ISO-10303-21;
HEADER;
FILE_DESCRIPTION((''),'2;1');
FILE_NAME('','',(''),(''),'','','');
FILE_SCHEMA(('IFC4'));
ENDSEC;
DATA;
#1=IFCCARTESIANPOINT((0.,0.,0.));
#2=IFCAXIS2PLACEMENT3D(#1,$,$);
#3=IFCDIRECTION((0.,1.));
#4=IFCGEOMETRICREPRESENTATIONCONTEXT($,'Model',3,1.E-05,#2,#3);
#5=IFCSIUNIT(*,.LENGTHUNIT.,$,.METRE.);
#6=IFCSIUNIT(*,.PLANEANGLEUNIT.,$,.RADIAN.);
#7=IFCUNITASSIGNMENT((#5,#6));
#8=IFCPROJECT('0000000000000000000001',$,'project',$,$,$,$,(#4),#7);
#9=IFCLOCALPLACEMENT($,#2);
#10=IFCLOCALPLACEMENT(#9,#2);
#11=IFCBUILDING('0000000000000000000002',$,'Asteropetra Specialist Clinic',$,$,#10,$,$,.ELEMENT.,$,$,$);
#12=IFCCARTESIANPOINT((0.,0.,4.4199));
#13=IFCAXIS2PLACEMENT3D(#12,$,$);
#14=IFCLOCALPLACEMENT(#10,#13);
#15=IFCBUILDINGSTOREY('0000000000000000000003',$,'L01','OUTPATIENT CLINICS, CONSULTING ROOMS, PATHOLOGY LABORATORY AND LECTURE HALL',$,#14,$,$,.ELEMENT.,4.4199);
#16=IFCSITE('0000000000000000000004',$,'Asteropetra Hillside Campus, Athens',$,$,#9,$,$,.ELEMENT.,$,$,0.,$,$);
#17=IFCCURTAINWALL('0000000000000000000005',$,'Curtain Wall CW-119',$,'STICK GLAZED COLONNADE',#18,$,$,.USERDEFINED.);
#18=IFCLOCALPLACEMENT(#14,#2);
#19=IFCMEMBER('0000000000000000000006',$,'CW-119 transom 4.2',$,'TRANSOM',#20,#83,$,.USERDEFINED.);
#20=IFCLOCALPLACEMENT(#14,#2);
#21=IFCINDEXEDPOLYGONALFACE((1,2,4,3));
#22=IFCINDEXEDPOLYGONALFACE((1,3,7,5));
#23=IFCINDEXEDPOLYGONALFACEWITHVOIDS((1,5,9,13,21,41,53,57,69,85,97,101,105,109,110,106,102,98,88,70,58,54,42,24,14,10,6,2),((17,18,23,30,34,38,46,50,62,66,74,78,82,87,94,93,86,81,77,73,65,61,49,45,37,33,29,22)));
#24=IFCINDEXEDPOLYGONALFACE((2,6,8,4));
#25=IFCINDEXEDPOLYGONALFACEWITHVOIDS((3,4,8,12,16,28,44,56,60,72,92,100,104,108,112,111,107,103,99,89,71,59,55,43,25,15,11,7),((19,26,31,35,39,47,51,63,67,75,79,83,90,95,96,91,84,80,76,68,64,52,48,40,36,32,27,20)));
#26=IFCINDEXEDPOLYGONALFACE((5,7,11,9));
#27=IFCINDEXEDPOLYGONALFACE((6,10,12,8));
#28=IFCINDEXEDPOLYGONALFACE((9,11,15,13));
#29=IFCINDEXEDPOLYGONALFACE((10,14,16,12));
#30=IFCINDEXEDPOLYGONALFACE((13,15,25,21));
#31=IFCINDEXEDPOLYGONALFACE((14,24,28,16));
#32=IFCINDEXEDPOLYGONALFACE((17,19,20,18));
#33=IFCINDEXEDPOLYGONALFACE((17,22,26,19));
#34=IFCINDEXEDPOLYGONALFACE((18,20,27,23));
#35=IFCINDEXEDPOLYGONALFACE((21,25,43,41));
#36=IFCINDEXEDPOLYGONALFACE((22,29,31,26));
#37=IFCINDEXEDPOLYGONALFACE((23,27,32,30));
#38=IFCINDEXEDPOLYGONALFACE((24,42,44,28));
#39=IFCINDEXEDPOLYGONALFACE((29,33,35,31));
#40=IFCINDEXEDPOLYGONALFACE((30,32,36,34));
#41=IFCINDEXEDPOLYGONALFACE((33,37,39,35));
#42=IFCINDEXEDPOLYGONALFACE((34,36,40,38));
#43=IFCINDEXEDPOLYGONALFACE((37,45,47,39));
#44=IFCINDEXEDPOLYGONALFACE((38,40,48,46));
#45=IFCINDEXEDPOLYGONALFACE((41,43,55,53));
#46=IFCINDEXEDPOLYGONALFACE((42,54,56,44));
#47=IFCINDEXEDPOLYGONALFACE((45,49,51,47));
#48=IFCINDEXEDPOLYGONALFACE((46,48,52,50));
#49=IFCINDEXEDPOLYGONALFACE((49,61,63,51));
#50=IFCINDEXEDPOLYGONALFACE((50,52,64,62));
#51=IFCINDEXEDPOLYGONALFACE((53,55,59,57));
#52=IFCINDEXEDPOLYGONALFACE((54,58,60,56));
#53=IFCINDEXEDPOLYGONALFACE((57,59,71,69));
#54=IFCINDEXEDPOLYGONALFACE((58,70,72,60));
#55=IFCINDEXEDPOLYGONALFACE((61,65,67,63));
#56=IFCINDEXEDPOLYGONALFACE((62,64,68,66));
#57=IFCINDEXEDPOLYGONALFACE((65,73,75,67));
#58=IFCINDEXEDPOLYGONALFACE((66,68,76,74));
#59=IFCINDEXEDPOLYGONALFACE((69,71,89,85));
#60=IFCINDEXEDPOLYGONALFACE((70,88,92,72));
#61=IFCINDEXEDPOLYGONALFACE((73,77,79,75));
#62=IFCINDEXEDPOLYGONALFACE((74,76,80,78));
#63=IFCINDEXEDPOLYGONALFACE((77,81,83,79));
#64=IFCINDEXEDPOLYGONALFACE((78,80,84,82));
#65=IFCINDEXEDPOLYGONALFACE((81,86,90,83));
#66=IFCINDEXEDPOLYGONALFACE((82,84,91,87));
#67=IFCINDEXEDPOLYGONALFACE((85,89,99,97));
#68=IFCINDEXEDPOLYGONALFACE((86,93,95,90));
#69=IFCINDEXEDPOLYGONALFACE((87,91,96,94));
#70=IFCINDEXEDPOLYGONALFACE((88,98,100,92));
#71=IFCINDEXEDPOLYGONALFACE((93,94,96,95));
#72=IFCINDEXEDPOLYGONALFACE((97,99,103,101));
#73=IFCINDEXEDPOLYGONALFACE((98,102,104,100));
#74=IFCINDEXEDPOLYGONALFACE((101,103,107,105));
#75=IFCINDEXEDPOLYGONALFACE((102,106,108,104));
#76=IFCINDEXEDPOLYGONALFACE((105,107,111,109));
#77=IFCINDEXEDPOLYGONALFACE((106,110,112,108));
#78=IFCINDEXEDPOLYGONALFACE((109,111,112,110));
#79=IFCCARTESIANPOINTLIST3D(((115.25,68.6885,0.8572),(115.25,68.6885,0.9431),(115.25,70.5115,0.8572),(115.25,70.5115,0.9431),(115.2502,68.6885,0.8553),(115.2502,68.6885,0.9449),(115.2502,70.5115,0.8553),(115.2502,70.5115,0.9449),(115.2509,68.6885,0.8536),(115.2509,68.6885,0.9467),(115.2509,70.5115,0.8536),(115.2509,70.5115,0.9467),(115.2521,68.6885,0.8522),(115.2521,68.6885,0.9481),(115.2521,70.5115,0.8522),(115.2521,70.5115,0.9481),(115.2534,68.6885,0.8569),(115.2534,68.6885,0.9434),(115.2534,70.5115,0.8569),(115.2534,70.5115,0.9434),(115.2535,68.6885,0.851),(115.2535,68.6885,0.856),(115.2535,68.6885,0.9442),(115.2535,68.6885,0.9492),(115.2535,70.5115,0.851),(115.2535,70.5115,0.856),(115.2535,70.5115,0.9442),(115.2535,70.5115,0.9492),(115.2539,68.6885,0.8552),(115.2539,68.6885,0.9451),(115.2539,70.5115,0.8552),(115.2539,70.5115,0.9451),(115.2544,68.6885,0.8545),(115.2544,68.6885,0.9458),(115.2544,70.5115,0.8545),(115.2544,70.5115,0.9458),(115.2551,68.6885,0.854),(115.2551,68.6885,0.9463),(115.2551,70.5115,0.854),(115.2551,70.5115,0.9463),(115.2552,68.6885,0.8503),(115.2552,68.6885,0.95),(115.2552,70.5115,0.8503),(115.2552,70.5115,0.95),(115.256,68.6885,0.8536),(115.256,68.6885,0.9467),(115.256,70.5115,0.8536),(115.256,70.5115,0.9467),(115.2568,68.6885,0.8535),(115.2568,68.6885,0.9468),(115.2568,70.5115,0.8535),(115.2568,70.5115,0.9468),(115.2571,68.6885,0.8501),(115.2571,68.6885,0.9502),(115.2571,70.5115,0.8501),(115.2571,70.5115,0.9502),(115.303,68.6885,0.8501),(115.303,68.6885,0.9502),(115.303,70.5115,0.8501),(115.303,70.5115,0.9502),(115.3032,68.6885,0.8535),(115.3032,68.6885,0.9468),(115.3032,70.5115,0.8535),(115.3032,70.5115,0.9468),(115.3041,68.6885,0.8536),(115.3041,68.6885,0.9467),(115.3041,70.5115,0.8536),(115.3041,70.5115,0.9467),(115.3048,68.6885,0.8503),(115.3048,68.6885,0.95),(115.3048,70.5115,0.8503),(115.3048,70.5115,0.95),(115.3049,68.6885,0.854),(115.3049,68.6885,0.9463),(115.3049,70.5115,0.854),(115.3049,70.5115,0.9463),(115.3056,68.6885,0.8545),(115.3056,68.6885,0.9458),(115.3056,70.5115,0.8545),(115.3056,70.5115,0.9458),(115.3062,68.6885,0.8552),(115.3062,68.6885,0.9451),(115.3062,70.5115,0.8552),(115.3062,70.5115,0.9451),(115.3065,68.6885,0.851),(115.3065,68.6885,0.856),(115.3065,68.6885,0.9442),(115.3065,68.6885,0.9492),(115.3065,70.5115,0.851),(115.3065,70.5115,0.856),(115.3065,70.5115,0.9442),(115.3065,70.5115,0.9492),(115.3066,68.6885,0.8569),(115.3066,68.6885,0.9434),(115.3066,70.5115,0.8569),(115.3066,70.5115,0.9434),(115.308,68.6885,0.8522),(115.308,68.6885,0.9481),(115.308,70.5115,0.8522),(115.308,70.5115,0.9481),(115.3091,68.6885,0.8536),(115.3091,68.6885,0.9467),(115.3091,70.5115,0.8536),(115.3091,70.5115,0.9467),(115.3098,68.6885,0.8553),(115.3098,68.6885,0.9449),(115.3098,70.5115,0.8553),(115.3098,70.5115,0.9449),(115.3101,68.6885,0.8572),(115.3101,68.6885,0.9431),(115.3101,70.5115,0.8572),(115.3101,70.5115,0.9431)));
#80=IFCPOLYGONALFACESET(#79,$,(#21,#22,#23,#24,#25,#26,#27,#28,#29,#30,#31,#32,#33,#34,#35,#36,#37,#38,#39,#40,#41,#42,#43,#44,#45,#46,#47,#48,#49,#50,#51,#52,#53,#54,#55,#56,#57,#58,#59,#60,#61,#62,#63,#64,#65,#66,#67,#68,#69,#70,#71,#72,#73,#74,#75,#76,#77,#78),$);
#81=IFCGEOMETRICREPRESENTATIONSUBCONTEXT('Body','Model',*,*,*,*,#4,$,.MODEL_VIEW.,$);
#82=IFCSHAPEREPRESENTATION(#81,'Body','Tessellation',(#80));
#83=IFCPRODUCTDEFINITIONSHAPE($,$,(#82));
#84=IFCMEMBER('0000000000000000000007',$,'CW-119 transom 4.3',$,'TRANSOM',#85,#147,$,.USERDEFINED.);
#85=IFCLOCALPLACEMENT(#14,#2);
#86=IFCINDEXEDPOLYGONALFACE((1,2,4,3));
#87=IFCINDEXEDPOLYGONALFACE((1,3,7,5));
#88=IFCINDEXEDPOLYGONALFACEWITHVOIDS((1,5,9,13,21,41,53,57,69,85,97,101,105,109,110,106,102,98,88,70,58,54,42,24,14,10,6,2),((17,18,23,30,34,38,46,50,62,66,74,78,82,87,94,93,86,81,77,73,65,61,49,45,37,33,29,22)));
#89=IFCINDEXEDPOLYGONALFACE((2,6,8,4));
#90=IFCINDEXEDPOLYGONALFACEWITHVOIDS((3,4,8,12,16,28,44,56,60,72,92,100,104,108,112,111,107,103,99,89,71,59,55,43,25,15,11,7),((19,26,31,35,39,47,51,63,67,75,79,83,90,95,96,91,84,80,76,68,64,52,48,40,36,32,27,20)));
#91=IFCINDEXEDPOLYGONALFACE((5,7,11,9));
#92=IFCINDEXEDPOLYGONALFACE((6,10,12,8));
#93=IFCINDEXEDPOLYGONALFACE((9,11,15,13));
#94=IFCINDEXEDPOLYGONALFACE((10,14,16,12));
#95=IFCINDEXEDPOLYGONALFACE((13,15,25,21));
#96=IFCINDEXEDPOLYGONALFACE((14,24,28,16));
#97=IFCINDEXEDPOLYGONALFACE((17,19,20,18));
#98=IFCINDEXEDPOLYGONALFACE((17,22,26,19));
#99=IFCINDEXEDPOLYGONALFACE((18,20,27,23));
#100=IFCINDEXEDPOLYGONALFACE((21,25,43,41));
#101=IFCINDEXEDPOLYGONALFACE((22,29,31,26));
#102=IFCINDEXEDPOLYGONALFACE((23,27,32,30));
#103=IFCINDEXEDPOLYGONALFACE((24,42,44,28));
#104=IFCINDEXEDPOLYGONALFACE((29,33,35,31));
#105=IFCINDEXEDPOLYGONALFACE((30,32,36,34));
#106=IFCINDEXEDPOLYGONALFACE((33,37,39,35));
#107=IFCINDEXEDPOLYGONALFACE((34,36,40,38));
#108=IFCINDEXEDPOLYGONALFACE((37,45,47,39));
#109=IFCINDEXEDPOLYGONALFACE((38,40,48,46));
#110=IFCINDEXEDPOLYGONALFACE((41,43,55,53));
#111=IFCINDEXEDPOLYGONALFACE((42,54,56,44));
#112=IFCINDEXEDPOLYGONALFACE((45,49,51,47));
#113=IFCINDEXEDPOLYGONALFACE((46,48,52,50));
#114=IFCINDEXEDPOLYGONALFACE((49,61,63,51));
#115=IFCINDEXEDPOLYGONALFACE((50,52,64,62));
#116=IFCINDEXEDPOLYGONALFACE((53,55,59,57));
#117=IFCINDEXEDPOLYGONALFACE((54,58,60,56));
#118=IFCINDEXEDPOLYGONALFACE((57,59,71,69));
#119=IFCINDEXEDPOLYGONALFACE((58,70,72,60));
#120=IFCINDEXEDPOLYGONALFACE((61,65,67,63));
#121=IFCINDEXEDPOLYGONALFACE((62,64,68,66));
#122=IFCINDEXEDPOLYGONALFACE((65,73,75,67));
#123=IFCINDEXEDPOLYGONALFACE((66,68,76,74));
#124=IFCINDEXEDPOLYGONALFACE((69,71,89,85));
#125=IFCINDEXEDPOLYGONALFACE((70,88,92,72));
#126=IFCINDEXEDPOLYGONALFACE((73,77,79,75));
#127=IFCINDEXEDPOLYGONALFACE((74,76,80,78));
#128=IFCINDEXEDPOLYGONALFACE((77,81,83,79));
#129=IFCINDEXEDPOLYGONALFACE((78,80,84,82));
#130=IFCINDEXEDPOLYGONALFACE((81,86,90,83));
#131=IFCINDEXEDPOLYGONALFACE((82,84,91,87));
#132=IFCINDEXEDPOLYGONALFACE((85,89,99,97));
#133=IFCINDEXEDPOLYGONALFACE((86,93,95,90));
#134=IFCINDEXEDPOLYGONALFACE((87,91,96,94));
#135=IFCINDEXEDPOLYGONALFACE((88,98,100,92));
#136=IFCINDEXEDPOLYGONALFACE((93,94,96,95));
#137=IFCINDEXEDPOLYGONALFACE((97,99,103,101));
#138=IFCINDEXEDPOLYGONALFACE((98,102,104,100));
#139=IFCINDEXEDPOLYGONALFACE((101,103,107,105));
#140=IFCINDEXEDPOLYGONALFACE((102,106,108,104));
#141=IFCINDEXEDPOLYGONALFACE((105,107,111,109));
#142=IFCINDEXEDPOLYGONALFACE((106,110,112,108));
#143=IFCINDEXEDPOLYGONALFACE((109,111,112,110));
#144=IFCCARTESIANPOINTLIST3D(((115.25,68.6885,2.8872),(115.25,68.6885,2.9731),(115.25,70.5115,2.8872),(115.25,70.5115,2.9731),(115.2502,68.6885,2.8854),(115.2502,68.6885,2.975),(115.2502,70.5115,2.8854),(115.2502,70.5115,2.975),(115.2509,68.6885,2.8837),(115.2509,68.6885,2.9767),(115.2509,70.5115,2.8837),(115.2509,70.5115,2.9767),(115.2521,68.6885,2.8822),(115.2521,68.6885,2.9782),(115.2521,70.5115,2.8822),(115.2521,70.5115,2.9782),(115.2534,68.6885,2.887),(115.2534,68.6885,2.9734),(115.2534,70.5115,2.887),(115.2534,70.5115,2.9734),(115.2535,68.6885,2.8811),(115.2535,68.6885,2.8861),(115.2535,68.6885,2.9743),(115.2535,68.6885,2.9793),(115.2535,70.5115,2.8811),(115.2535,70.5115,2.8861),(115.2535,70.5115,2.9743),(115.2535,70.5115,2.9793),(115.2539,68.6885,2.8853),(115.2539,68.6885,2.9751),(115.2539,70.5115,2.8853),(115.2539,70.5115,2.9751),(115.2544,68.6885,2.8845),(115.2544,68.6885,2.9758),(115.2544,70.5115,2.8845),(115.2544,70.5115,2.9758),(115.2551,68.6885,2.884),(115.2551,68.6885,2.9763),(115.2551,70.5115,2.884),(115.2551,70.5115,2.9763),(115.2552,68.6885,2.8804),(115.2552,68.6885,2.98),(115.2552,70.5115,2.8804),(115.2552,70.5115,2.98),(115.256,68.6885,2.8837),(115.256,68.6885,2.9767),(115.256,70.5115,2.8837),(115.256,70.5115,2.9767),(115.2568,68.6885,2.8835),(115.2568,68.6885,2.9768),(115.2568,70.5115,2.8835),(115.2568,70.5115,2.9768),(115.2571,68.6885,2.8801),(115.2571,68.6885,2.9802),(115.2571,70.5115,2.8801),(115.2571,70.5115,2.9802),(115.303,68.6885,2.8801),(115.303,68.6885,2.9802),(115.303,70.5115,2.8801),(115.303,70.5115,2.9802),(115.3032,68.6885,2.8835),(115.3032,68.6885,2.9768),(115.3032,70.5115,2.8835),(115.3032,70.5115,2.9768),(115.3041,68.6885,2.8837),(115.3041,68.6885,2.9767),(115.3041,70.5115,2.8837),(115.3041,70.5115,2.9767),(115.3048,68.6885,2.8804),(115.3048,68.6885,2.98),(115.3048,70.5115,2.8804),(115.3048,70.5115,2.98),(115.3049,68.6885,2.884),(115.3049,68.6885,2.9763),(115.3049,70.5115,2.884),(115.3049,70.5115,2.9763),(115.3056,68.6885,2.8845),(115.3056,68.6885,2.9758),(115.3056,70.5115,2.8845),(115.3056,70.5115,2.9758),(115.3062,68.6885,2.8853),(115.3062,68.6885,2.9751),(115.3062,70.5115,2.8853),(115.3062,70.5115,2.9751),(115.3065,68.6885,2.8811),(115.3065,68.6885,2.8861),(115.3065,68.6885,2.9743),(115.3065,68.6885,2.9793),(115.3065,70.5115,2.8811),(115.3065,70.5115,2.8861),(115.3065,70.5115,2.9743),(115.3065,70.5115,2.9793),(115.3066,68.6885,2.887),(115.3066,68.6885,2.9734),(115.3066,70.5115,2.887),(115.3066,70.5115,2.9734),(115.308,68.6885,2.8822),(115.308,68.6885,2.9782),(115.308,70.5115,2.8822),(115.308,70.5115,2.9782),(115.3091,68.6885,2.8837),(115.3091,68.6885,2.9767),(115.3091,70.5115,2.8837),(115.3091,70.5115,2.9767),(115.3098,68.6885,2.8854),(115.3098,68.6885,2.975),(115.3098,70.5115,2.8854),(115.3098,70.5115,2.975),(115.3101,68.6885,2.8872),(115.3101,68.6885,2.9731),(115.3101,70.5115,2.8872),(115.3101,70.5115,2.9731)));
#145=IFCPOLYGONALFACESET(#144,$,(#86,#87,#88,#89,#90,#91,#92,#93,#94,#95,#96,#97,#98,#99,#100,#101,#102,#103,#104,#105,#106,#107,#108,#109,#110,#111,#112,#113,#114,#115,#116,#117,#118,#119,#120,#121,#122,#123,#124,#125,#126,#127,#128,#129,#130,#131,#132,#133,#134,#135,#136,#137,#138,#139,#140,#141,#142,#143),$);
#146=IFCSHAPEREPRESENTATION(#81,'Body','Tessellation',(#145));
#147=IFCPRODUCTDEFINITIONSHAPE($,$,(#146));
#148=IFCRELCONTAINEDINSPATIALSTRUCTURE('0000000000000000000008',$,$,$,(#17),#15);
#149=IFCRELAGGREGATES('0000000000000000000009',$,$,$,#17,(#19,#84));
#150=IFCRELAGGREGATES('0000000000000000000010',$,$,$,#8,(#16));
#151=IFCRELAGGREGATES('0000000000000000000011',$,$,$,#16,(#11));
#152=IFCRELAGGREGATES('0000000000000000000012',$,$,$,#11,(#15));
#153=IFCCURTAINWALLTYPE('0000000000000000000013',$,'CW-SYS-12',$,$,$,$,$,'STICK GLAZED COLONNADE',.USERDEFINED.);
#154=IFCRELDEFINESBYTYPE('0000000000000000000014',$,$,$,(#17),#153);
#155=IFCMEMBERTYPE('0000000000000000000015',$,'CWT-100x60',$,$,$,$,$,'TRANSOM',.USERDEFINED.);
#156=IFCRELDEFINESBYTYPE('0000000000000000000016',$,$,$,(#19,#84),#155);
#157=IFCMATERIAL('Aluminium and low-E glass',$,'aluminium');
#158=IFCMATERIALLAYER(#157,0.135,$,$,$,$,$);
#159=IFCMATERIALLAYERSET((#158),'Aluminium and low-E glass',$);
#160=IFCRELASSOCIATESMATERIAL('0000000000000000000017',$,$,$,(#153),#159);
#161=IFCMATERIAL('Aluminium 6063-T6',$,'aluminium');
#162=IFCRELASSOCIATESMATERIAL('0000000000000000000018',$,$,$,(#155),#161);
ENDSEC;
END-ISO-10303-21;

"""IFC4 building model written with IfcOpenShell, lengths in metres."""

from ifc_helpers import new_model, si_unit, direction, frame, origin, origin_2d, place, context, subcontext, project, spatial, hollow_rectangle, extrude, material, layer, layer_set, material_profile, profile_set, type_object, element, aggregate, save


model = new_model("IFC4")

# Units and contexts
model_context = context("Model", 3, precision=1e-05, world=origin(), true_north=direction((0.0, 1.0)))
body_context = subcontext(model_context, "Body", "Model", "MODEL_VIEW")
ifc_project = project(units=[si_unit("LENGTHUNIT", "METRE"), si_unit("PLANEANGLEUNIT", "RADIAN")], contexts=[model_context])

# Site, building, storey
site_placement = place(None, origin())
site = spatial("IfcSite", under=ifc_project, at=site_placement, Name="Asteropetra Hillside Campus, Athens", CompositionType="ELEMENT", RefElevation=0.0)
building_placement = place(site_placement, origin())
building = spatial("IfcBuilding", under=site, at=building_placement, Name="Asteropetra Specialist Clinic", CompositionType="ELEMENT")
storey_placement = place(building_placement, frame((0.0, 0.0, 4.4199)))
storey = spatial("IfcBuildingStorey", under=building, at=storey_placement, Name="L01", Description="OUTPATIENT CLINICS, CONSULTING ROOMS, PATHOLOGY LABORATORY AND LECTURE HALL", CompositionType="ELEMENT", Elevation=4.4199)

# Curtain wall, members
ifc_material_1 = material(Name="Aluminium and low-E glass", Category="aluminium")
ifc_layer_1 = layer(ifc_material_1, 0.135)
ifc_layer_set_1 = layer_set([ifc_layer_1], Name="Aluminium and low-E glass")
curtain_wall_type = type_object("IfcCurtainWallType", Name="CW-SYS-12", ElementType="STICK GLAZED COLONNADE", PredefinedType="USERDEFINED", material=ifc_layer_set_1)
curtain_wall_placement = place(storey_placement, origin())
curtain_wall = element("IfcCurtainWall", 1, at=curtain_wall_placement, inside=storey, type_object=curtain_wall_type, Name="Curtain Wall CW-119", ObjectType="STICK GLAZED COLONNADE", PredefinedType="USERDEFINED")
ifc_material_2 = material(Name="Aluminium 6063-T6", Category="aluminium")
ifc_material_profile_1 = material_profile(ifc_material_2, hollow_rectangle(XDim=0.0601, YDim=0.1001, WallThickness=0.0034, InnerFilletRadius=0.0034, OuterFilletRadius=0.0071, at=origin_2d()), Name="TRN 100x60x3.5")
ifc_profile_set_1 = profile_set([ifc_material_profile_1], Name="Aluminium 6063-T6")
member_type_1 = type_object("IfcMemberType", Name="CWT-100x60", ElementType="TRANSOM", PredefinedType="USERDEFINED", material=ifc_profile_set_1)
member_1_placement = place(storey_placement, frame((115.28, 68.6885, 0.9001), z_axis=(0.0, 1.0, 0.0), x_axis=(-1.0, 0.0, 0.0)))
member_1 = element("IfcMember", 2, at=member_1_placement, type_object=member_type_1, Name="CW-119 transom 4.2", ObjectType="TRANSOM", PredefinedType="USERDEFINED", context=body_context, shape_type="SweptSolid", body=[
    extrude(hollow_rectangle(XDim=0.0601, YDim=0.1001, WallThickness=0.0034, InnerFilletRadius=0.0034, OuterFilletRadius=0.0071, at=origin_2d()), origin(), (0.0, 0.0, 1.0), 1.823),
])
member_2_placement = place(storey_placement, frame((115.28, 68.6885, 2.9302), z_axis=(0.0, 1.0, 0.0), x_axis=(-1.0, 0.0, 0.0)))
member_2 = element("IfcMember", 3, at=member_2_placement, type_object=member_type_1, Name="CW-119 transom 4.3", ObjectType="TRANSOM", PredefinedType="USERDEFINED", context=body_context, shape_type="SweptSolid", body=[
    extrude(hollow_rectangle(XDim=0.0601, YDim=0.1001, WallThickness=0.0034, InnerFilletRadius=0.0034, OuterFilletRadius=0.0071, at=origin_2d()), origin(), (0.0, 0.0, 1.0), 1.823),
])

aggregate(curtain_wall, [member_1, member_2])

save(model, "model.ifc")
